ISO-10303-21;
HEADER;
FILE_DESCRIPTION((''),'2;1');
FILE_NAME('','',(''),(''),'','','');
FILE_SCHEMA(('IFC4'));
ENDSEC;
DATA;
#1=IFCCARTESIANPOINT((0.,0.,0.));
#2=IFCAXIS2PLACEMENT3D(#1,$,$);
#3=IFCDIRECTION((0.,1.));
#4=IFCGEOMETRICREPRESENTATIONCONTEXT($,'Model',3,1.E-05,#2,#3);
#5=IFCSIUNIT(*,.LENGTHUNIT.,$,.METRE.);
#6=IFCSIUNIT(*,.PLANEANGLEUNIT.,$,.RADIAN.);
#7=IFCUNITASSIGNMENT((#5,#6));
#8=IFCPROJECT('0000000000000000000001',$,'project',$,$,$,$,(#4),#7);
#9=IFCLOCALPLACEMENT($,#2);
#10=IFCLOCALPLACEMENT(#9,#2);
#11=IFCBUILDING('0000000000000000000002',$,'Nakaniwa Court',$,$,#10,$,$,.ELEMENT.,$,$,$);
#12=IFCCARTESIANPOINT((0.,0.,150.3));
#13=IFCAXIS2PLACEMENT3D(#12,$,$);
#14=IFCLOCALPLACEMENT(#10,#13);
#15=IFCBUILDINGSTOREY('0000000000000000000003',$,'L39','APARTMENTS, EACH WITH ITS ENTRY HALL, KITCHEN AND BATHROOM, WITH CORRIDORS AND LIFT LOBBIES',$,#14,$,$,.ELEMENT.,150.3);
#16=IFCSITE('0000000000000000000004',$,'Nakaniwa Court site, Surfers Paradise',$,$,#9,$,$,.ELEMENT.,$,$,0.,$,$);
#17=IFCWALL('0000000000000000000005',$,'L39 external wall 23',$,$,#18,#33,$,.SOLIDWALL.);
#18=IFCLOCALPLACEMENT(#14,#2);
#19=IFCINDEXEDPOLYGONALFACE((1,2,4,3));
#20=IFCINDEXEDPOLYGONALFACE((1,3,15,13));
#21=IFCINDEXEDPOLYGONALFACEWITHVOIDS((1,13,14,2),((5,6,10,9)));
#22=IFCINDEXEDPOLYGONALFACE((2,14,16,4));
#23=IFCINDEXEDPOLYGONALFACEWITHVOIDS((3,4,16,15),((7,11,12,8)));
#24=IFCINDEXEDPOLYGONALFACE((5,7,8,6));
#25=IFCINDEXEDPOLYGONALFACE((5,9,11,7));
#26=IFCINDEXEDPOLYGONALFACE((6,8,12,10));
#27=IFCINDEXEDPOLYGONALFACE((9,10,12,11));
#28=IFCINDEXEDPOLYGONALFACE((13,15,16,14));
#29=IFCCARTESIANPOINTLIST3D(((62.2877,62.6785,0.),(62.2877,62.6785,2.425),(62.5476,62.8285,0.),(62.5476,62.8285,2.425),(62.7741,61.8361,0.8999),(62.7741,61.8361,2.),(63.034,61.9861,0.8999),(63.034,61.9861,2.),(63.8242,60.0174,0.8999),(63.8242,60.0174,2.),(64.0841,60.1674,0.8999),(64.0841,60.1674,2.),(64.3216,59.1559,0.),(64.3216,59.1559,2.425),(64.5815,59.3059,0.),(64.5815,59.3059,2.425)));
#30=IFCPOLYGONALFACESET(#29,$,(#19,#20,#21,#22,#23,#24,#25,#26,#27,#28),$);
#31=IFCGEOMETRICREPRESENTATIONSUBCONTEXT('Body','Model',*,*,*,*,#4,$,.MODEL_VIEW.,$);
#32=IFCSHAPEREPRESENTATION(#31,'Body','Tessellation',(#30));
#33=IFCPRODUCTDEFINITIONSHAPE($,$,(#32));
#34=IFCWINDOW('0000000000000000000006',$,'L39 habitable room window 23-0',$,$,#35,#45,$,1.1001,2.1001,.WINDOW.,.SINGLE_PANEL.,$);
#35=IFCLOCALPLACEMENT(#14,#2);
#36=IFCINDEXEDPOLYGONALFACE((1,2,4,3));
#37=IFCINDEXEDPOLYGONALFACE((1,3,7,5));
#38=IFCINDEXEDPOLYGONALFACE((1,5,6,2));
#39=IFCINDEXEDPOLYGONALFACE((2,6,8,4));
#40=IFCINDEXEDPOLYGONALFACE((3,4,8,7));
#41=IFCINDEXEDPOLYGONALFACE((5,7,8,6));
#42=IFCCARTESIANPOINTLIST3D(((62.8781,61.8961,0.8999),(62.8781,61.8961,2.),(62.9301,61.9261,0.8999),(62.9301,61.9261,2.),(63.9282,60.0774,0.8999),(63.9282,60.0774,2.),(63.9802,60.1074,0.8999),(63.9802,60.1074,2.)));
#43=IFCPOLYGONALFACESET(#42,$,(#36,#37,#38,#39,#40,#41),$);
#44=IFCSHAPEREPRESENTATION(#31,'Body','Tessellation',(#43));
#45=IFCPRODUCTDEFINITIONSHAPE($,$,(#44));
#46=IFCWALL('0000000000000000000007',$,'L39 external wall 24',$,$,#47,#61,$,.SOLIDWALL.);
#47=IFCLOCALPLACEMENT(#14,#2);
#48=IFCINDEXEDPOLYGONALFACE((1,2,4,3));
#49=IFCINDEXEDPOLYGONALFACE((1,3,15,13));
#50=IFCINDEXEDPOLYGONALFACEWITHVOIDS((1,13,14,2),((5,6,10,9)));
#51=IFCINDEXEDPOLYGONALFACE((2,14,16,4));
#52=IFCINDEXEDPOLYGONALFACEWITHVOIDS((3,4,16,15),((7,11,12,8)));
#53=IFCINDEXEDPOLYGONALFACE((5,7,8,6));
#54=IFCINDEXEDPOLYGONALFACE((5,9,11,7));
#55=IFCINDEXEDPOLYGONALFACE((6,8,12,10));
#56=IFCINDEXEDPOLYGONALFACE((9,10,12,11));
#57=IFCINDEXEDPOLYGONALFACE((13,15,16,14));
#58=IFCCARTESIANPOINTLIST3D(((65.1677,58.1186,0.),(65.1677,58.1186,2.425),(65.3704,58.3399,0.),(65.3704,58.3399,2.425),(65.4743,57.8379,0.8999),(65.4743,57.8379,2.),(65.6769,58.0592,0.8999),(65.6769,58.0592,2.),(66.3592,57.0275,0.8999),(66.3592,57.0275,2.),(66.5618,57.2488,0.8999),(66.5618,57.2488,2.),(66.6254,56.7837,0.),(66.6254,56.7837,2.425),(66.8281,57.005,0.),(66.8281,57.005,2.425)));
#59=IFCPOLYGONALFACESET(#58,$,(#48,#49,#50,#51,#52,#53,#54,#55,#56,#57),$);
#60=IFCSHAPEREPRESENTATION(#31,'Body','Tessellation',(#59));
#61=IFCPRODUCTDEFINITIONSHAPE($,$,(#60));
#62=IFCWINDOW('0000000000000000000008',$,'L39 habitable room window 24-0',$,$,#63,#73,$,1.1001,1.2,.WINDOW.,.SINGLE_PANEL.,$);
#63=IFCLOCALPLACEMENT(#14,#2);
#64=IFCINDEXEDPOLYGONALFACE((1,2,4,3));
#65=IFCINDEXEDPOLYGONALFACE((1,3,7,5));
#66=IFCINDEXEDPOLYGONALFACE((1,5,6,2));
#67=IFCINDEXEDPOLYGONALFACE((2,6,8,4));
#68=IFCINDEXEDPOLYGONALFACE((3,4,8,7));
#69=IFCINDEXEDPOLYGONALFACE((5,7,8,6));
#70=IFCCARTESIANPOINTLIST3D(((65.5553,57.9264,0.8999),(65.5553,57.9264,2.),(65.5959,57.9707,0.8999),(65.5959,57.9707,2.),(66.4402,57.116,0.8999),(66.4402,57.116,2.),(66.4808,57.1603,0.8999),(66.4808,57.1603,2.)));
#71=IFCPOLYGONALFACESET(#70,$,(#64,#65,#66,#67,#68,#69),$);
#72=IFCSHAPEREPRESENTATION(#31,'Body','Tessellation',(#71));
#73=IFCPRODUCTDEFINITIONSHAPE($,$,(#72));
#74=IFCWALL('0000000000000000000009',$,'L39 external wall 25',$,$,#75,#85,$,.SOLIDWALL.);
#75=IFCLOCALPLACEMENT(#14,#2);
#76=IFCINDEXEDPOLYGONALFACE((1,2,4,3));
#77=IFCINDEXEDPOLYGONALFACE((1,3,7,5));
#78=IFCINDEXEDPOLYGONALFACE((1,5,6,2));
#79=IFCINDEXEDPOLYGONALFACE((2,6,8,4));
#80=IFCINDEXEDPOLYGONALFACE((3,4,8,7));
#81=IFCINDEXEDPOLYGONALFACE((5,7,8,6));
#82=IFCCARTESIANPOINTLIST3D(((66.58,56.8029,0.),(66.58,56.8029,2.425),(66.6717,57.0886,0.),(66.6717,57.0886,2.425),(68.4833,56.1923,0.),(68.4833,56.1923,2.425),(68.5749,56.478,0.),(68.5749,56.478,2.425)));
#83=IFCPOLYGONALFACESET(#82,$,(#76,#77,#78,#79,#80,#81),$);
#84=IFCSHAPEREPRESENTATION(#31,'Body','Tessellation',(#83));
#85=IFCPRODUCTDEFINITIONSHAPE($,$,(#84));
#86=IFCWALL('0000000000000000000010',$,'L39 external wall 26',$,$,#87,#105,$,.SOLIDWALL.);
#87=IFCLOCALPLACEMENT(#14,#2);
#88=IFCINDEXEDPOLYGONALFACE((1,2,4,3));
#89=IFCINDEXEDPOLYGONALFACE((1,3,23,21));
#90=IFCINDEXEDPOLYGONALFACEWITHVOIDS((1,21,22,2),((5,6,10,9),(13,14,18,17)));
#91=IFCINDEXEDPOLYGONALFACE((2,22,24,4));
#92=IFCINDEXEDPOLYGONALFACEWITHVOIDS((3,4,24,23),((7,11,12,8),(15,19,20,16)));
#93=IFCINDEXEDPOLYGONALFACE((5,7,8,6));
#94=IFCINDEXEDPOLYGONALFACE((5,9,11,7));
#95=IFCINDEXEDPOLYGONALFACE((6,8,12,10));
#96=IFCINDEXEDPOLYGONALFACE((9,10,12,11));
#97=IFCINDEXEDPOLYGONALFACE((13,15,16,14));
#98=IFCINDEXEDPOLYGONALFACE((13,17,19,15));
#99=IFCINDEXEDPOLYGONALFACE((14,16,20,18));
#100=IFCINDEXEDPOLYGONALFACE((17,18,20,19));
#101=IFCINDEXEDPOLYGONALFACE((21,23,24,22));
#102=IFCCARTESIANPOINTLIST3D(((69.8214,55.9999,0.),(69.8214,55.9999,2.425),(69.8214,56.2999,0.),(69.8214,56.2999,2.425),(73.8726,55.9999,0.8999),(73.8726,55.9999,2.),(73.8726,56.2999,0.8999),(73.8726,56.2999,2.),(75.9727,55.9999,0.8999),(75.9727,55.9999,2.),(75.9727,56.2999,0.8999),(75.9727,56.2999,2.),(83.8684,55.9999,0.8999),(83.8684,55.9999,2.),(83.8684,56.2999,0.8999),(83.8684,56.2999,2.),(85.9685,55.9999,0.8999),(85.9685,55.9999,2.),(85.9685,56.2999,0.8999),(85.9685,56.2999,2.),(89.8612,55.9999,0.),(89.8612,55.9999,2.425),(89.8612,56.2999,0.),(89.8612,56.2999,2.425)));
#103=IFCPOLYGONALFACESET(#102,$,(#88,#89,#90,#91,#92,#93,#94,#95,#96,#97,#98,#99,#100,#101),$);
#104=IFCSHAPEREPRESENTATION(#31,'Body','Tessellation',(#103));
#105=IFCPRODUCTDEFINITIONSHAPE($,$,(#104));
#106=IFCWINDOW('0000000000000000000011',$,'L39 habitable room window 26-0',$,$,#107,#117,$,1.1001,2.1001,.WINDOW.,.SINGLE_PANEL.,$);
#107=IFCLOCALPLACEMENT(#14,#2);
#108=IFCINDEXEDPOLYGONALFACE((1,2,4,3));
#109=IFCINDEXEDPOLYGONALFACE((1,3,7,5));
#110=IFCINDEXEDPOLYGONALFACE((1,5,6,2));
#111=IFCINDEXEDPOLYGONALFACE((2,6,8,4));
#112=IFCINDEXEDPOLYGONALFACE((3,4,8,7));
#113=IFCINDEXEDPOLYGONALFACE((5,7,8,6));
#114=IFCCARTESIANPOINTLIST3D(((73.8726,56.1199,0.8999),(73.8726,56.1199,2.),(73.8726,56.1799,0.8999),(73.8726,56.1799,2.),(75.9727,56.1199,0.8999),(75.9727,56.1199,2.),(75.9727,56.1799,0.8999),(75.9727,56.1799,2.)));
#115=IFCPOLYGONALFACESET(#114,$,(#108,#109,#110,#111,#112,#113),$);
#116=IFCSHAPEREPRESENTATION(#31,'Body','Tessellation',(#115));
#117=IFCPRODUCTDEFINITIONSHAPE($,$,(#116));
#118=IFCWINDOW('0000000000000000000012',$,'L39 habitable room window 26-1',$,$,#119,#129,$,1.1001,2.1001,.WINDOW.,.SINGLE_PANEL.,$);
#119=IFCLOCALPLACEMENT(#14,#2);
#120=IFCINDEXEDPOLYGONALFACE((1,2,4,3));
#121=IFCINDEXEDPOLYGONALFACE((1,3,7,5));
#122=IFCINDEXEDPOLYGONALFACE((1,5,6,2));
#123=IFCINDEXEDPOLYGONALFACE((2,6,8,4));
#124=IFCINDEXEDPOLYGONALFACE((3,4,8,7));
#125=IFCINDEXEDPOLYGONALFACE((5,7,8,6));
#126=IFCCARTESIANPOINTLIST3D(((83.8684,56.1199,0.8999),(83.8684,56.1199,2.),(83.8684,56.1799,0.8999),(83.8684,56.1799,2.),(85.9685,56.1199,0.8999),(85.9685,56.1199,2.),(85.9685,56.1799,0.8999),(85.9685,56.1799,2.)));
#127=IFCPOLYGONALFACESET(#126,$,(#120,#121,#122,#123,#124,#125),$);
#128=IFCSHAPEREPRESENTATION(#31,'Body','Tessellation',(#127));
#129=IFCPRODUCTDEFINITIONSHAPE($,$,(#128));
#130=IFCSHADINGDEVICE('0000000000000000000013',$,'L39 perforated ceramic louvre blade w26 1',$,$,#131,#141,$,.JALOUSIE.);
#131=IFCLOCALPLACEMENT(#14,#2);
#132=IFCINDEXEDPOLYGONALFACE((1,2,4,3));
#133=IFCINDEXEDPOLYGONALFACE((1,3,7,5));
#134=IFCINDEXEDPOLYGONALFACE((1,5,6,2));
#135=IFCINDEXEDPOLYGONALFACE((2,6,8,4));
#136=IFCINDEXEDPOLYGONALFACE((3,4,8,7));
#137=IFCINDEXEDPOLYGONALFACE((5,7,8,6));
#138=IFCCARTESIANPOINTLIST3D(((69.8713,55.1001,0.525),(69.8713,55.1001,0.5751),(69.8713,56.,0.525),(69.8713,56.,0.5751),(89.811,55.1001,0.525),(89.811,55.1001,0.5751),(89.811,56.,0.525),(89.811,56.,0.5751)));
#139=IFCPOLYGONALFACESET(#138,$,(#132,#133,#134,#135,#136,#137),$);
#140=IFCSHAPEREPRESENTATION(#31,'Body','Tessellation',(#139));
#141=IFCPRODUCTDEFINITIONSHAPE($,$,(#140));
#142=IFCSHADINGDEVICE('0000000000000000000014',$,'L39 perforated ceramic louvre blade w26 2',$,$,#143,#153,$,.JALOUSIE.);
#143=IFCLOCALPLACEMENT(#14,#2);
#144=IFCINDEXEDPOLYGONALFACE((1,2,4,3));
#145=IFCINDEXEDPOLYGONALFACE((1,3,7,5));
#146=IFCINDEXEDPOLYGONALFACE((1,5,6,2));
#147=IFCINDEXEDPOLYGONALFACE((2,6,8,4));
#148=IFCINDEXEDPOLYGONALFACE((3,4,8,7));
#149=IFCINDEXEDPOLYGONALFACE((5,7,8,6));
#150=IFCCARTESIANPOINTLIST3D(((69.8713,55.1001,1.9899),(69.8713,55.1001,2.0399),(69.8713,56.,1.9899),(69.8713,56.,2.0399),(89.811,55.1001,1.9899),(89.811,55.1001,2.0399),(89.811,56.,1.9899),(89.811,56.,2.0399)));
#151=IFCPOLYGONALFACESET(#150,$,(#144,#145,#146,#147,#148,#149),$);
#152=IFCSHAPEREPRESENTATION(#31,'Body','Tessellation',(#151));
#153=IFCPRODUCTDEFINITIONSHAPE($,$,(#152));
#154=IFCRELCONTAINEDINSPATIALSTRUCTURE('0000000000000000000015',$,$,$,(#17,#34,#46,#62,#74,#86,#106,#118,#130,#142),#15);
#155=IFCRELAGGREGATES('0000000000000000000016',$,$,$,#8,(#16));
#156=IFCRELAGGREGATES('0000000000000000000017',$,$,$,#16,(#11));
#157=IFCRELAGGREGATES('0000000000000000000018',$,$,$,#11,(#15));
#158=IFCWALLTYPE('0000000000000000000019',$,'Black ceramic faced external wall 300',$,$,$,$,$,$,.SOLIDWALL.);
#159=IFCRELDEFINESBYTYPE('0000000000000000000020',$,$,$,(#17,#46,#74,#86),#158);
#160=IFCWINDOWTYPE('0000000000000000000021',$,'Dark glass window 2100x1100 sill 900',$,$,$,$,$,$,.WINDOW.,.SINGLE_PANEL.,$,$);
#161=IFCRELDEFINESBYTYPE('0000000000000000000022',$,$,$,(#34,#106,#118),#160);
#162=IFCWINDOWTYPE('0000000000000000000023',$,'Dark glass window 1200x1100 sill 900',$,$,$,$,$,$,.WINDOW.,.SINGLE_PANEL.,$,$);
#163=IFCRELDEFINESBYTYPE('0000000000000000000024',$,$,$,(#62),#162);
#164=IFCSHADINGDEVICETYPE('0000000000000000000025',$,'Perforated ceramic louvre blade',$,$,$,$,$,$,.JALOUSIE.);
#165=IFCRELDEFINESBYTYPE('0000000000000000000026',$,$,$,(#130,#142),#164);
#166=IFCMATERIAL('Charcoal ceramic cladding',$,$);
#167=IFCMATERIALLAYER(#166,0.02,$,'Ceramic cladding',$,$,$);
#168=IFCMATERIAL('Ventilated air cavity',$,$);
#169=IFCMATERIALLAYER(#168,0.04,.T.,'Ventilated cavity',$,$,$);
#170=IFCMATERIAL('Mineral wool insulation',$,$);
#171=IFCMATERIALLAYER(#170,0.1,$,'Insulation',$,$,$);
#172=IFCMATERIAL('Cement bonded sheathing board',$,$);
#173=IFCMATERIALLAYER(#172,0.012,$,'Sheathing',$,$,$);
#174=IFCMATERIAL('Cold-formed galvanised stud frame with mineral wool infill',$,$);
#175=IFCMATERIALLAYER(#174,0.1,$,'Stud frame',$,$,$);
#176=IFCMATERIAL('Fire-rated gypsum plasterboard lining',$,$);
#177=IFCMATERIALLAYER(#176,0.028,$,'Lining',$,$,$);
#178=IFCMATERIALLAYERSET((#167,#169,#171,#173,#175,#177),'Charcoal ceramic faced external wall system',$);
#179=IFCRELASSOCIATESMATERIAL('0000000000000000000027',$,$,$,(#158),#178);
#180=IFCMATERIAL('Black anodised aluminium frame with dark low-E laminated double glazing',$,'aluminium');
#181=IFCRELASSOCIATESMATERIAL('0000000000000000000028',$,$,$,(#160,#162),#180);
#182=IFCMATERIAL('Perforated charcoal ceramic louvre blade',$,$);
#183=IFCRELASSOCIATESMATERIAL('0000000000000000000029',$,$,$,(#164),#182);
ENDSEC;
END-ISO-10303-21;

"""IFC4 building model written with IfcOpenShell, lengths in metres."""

from ifc_helpers import new_model, si_unit, direction, frame, frame_2d, origin, origin_2d, place, context, subcontext, project, spatial, rectangle, extrude, material, layer, layer_set, material_profile, profile_set, type_object, element, fill, save


model = new_model("IFC4")

# Units and contexts
model_context = context("Model", 3, precision=1e-05, world=origin(), true_north=direction((0.0, 1.0)))
body_context = subcontext(model_context, "Body", "Model", "MODEL_VIEW")
ifc_project = project(units=[si_unit("LENGTHUNIT", "METRE"), si_unit("PLANEANGLEUNIT", "RADIAN")], contexts=[model_context])

# Site, building, storey
site_placement = place(None, origin())
site = spatial("IfcSite", under=ifc_project, at=site_placement, Name="Nakaniwa Court site, Surfers Paradise", CompositionType="ELEMENT", RefElevation=0.0)
building_placement = place(site_placement, origin())
building = spatial("IfcBuilding", under=site, at=building_placement, Name="Nakaniwa Court", CompositionType="ELEMENT")
storey_placement = place(building_placement, frame((0.0, 0.0, 150.3)))
storey = spatial("IfcBuildingStorey", under=building, at=storey_placement, Name="L39", Description="APARTMENTS, EACH WITH ITS ENTRY HALL, KITCHEN AND BATHROOM, WITH CORRIDORS AND LIFT LOBBIES", CompositionType="ELEMENT", Elevation=150.3)

# Walls, openings, windows
ifc_material_1 = material(Name="Charcoal ceramic cladding")
ifc_layer_1 = layer(ifc_material_1, 0.02, Name="Ceramic cladding")
ifc_material_2 = material(Name="Ventilated air cavity")
ifc_layer_2 = layer(ifc_material_2, 0.04, ventilated=True, Name="Ventilated cavity")
ifc_material_3 = material(Name="Mineral wool insulation")
ifc_layer_3 = layer(ifc_material_3, 0.1, Name="Insulation")
ifc_material_4 = material(Name="Cement bonded sheathing board")
ifc_layer_4 = layer(ifc_material_4, 0.012, Name="Sheathing")
ifc_material_5 = material(Name="Cold-formed galvanised stud frame with mineral wool infill")
ifc_layer_5 = layer(ifc_material_5, 0.1, Name="Stud frame")
ifc_material_6 = material(Name="Fire-rated gypsum plasterboard lining")
ifc_layer_6 = layer(ifc_material_6, 0.028, Name="Lining")
ifc_layer_set_1 = layer_set([ifc_layer_1, ifc_layer_2, ifc_layer_3, ifc_layer_4, ifc_layer_5, ifc_layer_6], Name="Charcoal ceramic faced external wall system")
wall_type_1 = type_object("IfcWallType", Name="Black ceramic faced external wall 300", PredefinedType="SOLIDWALL", material=ifc_layer_set_1)
wall_1_placement = place(storey_placement, frame((62.4177, 62.7534, 0.0), z_axis=(0.0, 0.0, 1.0), x_axis=(0.500019, -0.866015, 0.0)))
wall_1 = element("IfcWall", 1, at=wall_1_placement, inside=storey, type_object=wall_type_1, Name="L39 external wall 23", PredefinedType="SOLIDWALL", context=body_context, shape_type="SweptSolid", body=[
    extrude(rectangle(XDim=4.0676, YDim=0.3, at=frame_2d((2.0337, 0.0))), origin(), (0.0, 0.0, 1.0), 2.425),
])
opening_1_placement = place(wall_1_placement, frame((0.9727, 0.0, 0.8999)))
opening_1 = element("IfcOpeningElement", 2, at=opening_1_placement, cuts=wall_1, PredefinedType="OPENING", context=body_context, shape_type="SweptSolid", body=[
    extrude(rectangle(XDim=2.1001, YDim=1.1001, at=frame_2d((1.05, 0.55))), frame((0.0, 0.1599, 0.0), z_axis=(0.0, -1.0, 0.0), x_axis=(1.0, 0.0, 0.0)), (0.0, 0.0, 1.0), 0.3201),
])
ifc_material_7 = material(Name="Black anodised aluminium frame with dark low-E laminated double glazing", Category="aluminium")
window_type_1 = type_object("IfcWindowType", Name="Dark glass window 2100x1100 sill 900", PartitioningType="SINGLE_PANEL", PredefinedType="WINDOW", material=ifc_material_7)
window_1_placement = place(opening_1_placement, origin())
window_1 = element("IfcWindow", 3, at=window_1_placement, inside=storey, type_object=window_type_1, Name="L39 habitable room window 23-0", OverallHeight=1.1001, OverallWidth=2.1001, PartitioningType="SINGLE_PANEL", PredefinedType="WINDOW", context=body_context, shape_type="SweptSolid", body=[
    extrude(rectangle(XDim=2.1001, YDim=1.1001, at=frame_2d((1.05, 0.55))), frame((0.0, 0.03, 0.0), z_axis=(0.0, -1.0, 0.0), x_axis=(1.0, 0.0, 0.0)), (0.0, 0.0, 1.0), 0.0601),
])
fill(opening_1, window_1)
wall_2_placement = place(storey_placement, frame((65.269, 58.2292, 0.0), z_axis=(0.0, 0.0, 1.0), x_axis=(0.737487, -0.675361, 0.0)))
wall_2 = element("IfcWall", 4, at=wall_2_placement, inside=storey, type_object=wall_type_1, Name="L39 external wall 24", PredefinedType="SOLIDWALL", context=body_context, shape_type="SweptSolid", body=[
    extrude(rectangle(XDim=1.9766, YDim=0.3, at=frame_2d((0.9883, 0.0))), origin(), (0.0, 0.0, 1.0), 2.425),
])
opening_2_placement = place(wall_2_placement, frame((0.4155, 0.0, 0.8999)))
opening_2 = element("IfcOpeningElement", 5, at=opening_2_placement, cuts=wall_2, PredefinedType="OPENING", context=body_context, shape_type="SweptSolid", body=[
    extrude(rectangle(XDim=1.2, YDim=1.1001, at=frame_2d((0.6001, 0.55))), frame((0.0, 0.1599, 0.0), z_axis=(0.0, -1.0, 0.0), x_axis=(1.0, 0.0, 0.0)), (0.0, 0.0, 1.0), 0.3201),
])
window_type_2 = type_object("IfcWindowType", Name="Dark glass window 1200x1100 sill 900", PartitioningType="SINGLE_PANEL", PredefinedType="WINDOW", material=ifc_material_7)
window_2_placement = place(opening_2_placement, origin())
window_2 = element("IfcWindow", 6, at=window_2_placement, inside=storey, type_object=window_type_2, Name="L39 habitable room window 24-0", OverallHeight=1.1001, OverallWidth=1.2, PartitioningType="SINGLE_PANEL", PredefinedType="WINDOW", context=body_context, shape_type="SweptSolid", body=[
    extrude(rectangle(XDim=1.2, YDim=1.1001, at=frame_2d((0.6001, 0.55))), frame((0.0, 0.03, 0.0), z_axis=(0.0, -1.0, 0.0), x_axis=(1.0, 0.0, 0.0)), (0.0, 0.0, 1.0), 0.0601),
])
fill(opening_2, window_2)

# Wall
wall_3_placement = place(storey_placement, frame((66.6257, 56.9458, 0.0), z_axis=(0.0, 0.0, 1.0), x_axis=(0.952201, -0.305471, 0.0)))
element("IfcWall", 7, at=wall_3_placement, inside=storey, type_object=wall_type_1, Name="L39 external wall 25", PredefinedType="SOLIDWALL", context=body_context, shape_type="SweptSolid", body=[
    extrude(rectangle(XDim=1.9988, YDim=0.3, at=frame_2d((0.9995, 0.0))), origin(), (0.0, 0.0, 1.0), 2.425),
])

# Wall, openings, windows
wall_4_placement = place(storey_placement, frame((69.8213, 56.1499, 0.0), z_axis=(0.0, 0.0, 1.0), x_axis=(1.0, 0.0, 0.0)))
wall_4 = element("IfcWall", 8, at=wall_4_placement, inside=storey, type_object=wall_type_1, Name="L39 external wall 26", PredefinedType="SOLIDWALL", context=body_context, shape_type="SweptSolid", body=[
    extrude(rectangle(XDim=20.0398, YDim=0.3, at=frame_2d((10.02, 0.0))), origin(), (0.0, 0.0, 1.0), 2.425),
])
opening_3_placement = place(wall_4_placement, frame((4.0513, 0.0, 0.8999)))
opening_3 = element("IfcOpeningElement", 9, at=opening_3_placement, cuts=wall_4, PredefinedType="OPENING", context=body_context, shape_type="SweptSolid", body=[
    extrude(rectangle(XDim=2.1001, YDim=1.1001, at=frame_2d((1.05, 0.55))), frame((0.0, 0.1599, 0.0), z_axis=(0.0, -1.0, 0.0), x_axis=(1.0, 0.0, 0.0)), (0.0, 0.0, 1.0), 0.3201),
])
opening_4_placement = place(wall_4_placement, frame((14.0471, 0.0, 0.8999)))
opening_4 = element("IfcOpeningElement", 10, at=opening_4_placement, cuts=wall_4, PredefinedType="OPENING", context=body_context, shape_type="SweptSolid", body=[
    extrude(rectangle(XDim=2.1001, YDim=1.1001, at=frame_2d((1.05, 0.55))), frame((0.0, 0.1599, 0.0), z_axis=(0.0, -1.0, 0.0), x_axis=(1.0, 0.0, 0.0)), (0.0, 0.0, 1.0), 0.3201),
])
window_3_placement = place(opening_3_placement, origin())
window_3 = element("IfcWindow", 11, at=window_3_placement, inside=storey, type_object=window_type_1, Name="L39 habitable room window 26-0", OverallHeight=1.1001, OverallWidth=2.1001, PartitioningType="SINGLE_PANEL", PredefinedType="WINDOW", context=body_context, shape_type="SweptSolid", body=[
    extrude(rectangle(XDim=2.1001, YDim=1.1001, at=frame_2d((1.05, 0.55))), frame((0.0, 0.03, 0.0), z_axis=(0.0, -1.0, 0.0), x_axis=(1.0, 0.0, 0.0)), (0.0, 0.0, 1.0), 0.0601),
])
fill(opening_3, window_3)
window_4_placement = place(opening_4_placement, origin())
window_4 = element("IfcWindow", 12, at=window_4_placement, inside=storey, type_object=window_type_1, Name="L39 habitable room window 26-1", OverallHeight=1.1001, OverallWidth=2.1001, PartitioningType="SINGLE_PANEL", PredefinedType="WINDOW", context=body_context, shape_type="SweptSolid", body=[
    extrude(rectangle(XDim=2.1001, YDim=1.1001, at=frame_2d((1.05, 0.55))), frame((0.0, 0.03, 0.0), z_axis=(0.0, -1.0, 0.0), x_axis=(1.0, 0.0, 0.0)), (0.0, 0.0, 1.0), 0.0601),
])
fill(opening_4, window_4)

# Shading devices
ifc_material_8 = material(Name="Perforated charcoal ceramic louvre blade")
ifc_material_profile_1 = material_profile(ifc_material_8, rectangle(XDim=0.8999, YDim=0.05, at=origin_2d()), Name="Perforated ceramic louvre blade")
ifc_profile_set_1 = profile_set([ifc_material_profile_1], Name="Perforated charcoal ceramic louvre blade")
shading_device_type = type_object("IfcShadingDeviceType", Name="Perforated ceramic louvre blade", PredefinedType="JALOUSIE", material=ifc_profile_set_1)
for number, where, z_axis, x_axis, name in (
    (13, (69.8713, 55.55, 0.55), (1.0, 0.0, 0.0), (0.0, 1.0, 0.0), "L39 perforated ceramic louvre blade w26 1"),
    (14, (69.8713, 55.55, 2.0149), (1.0, 0.0, 0.0), (0.0, 1.0, 0.0), "L39 perforated ceramic louvre blade w26 2"),
):
    element("IfcShadingDevice", number, at=place(storey_placement, frame(where, z_axis=z_axis, x_axis=x_axis)), inside=storey, type_object=shading_device_type, Name=name, PredefinedType="JALOUSIE", context=body_context, shape_type="SweptSolid", body=[
        extrude(rectangle(XDim=0.8999, YDim=0.05, at=origin_2d()), origin(), (0.0, 0.0, 1.0), 19.9397),
    ])

save(model, "model.ifc")
